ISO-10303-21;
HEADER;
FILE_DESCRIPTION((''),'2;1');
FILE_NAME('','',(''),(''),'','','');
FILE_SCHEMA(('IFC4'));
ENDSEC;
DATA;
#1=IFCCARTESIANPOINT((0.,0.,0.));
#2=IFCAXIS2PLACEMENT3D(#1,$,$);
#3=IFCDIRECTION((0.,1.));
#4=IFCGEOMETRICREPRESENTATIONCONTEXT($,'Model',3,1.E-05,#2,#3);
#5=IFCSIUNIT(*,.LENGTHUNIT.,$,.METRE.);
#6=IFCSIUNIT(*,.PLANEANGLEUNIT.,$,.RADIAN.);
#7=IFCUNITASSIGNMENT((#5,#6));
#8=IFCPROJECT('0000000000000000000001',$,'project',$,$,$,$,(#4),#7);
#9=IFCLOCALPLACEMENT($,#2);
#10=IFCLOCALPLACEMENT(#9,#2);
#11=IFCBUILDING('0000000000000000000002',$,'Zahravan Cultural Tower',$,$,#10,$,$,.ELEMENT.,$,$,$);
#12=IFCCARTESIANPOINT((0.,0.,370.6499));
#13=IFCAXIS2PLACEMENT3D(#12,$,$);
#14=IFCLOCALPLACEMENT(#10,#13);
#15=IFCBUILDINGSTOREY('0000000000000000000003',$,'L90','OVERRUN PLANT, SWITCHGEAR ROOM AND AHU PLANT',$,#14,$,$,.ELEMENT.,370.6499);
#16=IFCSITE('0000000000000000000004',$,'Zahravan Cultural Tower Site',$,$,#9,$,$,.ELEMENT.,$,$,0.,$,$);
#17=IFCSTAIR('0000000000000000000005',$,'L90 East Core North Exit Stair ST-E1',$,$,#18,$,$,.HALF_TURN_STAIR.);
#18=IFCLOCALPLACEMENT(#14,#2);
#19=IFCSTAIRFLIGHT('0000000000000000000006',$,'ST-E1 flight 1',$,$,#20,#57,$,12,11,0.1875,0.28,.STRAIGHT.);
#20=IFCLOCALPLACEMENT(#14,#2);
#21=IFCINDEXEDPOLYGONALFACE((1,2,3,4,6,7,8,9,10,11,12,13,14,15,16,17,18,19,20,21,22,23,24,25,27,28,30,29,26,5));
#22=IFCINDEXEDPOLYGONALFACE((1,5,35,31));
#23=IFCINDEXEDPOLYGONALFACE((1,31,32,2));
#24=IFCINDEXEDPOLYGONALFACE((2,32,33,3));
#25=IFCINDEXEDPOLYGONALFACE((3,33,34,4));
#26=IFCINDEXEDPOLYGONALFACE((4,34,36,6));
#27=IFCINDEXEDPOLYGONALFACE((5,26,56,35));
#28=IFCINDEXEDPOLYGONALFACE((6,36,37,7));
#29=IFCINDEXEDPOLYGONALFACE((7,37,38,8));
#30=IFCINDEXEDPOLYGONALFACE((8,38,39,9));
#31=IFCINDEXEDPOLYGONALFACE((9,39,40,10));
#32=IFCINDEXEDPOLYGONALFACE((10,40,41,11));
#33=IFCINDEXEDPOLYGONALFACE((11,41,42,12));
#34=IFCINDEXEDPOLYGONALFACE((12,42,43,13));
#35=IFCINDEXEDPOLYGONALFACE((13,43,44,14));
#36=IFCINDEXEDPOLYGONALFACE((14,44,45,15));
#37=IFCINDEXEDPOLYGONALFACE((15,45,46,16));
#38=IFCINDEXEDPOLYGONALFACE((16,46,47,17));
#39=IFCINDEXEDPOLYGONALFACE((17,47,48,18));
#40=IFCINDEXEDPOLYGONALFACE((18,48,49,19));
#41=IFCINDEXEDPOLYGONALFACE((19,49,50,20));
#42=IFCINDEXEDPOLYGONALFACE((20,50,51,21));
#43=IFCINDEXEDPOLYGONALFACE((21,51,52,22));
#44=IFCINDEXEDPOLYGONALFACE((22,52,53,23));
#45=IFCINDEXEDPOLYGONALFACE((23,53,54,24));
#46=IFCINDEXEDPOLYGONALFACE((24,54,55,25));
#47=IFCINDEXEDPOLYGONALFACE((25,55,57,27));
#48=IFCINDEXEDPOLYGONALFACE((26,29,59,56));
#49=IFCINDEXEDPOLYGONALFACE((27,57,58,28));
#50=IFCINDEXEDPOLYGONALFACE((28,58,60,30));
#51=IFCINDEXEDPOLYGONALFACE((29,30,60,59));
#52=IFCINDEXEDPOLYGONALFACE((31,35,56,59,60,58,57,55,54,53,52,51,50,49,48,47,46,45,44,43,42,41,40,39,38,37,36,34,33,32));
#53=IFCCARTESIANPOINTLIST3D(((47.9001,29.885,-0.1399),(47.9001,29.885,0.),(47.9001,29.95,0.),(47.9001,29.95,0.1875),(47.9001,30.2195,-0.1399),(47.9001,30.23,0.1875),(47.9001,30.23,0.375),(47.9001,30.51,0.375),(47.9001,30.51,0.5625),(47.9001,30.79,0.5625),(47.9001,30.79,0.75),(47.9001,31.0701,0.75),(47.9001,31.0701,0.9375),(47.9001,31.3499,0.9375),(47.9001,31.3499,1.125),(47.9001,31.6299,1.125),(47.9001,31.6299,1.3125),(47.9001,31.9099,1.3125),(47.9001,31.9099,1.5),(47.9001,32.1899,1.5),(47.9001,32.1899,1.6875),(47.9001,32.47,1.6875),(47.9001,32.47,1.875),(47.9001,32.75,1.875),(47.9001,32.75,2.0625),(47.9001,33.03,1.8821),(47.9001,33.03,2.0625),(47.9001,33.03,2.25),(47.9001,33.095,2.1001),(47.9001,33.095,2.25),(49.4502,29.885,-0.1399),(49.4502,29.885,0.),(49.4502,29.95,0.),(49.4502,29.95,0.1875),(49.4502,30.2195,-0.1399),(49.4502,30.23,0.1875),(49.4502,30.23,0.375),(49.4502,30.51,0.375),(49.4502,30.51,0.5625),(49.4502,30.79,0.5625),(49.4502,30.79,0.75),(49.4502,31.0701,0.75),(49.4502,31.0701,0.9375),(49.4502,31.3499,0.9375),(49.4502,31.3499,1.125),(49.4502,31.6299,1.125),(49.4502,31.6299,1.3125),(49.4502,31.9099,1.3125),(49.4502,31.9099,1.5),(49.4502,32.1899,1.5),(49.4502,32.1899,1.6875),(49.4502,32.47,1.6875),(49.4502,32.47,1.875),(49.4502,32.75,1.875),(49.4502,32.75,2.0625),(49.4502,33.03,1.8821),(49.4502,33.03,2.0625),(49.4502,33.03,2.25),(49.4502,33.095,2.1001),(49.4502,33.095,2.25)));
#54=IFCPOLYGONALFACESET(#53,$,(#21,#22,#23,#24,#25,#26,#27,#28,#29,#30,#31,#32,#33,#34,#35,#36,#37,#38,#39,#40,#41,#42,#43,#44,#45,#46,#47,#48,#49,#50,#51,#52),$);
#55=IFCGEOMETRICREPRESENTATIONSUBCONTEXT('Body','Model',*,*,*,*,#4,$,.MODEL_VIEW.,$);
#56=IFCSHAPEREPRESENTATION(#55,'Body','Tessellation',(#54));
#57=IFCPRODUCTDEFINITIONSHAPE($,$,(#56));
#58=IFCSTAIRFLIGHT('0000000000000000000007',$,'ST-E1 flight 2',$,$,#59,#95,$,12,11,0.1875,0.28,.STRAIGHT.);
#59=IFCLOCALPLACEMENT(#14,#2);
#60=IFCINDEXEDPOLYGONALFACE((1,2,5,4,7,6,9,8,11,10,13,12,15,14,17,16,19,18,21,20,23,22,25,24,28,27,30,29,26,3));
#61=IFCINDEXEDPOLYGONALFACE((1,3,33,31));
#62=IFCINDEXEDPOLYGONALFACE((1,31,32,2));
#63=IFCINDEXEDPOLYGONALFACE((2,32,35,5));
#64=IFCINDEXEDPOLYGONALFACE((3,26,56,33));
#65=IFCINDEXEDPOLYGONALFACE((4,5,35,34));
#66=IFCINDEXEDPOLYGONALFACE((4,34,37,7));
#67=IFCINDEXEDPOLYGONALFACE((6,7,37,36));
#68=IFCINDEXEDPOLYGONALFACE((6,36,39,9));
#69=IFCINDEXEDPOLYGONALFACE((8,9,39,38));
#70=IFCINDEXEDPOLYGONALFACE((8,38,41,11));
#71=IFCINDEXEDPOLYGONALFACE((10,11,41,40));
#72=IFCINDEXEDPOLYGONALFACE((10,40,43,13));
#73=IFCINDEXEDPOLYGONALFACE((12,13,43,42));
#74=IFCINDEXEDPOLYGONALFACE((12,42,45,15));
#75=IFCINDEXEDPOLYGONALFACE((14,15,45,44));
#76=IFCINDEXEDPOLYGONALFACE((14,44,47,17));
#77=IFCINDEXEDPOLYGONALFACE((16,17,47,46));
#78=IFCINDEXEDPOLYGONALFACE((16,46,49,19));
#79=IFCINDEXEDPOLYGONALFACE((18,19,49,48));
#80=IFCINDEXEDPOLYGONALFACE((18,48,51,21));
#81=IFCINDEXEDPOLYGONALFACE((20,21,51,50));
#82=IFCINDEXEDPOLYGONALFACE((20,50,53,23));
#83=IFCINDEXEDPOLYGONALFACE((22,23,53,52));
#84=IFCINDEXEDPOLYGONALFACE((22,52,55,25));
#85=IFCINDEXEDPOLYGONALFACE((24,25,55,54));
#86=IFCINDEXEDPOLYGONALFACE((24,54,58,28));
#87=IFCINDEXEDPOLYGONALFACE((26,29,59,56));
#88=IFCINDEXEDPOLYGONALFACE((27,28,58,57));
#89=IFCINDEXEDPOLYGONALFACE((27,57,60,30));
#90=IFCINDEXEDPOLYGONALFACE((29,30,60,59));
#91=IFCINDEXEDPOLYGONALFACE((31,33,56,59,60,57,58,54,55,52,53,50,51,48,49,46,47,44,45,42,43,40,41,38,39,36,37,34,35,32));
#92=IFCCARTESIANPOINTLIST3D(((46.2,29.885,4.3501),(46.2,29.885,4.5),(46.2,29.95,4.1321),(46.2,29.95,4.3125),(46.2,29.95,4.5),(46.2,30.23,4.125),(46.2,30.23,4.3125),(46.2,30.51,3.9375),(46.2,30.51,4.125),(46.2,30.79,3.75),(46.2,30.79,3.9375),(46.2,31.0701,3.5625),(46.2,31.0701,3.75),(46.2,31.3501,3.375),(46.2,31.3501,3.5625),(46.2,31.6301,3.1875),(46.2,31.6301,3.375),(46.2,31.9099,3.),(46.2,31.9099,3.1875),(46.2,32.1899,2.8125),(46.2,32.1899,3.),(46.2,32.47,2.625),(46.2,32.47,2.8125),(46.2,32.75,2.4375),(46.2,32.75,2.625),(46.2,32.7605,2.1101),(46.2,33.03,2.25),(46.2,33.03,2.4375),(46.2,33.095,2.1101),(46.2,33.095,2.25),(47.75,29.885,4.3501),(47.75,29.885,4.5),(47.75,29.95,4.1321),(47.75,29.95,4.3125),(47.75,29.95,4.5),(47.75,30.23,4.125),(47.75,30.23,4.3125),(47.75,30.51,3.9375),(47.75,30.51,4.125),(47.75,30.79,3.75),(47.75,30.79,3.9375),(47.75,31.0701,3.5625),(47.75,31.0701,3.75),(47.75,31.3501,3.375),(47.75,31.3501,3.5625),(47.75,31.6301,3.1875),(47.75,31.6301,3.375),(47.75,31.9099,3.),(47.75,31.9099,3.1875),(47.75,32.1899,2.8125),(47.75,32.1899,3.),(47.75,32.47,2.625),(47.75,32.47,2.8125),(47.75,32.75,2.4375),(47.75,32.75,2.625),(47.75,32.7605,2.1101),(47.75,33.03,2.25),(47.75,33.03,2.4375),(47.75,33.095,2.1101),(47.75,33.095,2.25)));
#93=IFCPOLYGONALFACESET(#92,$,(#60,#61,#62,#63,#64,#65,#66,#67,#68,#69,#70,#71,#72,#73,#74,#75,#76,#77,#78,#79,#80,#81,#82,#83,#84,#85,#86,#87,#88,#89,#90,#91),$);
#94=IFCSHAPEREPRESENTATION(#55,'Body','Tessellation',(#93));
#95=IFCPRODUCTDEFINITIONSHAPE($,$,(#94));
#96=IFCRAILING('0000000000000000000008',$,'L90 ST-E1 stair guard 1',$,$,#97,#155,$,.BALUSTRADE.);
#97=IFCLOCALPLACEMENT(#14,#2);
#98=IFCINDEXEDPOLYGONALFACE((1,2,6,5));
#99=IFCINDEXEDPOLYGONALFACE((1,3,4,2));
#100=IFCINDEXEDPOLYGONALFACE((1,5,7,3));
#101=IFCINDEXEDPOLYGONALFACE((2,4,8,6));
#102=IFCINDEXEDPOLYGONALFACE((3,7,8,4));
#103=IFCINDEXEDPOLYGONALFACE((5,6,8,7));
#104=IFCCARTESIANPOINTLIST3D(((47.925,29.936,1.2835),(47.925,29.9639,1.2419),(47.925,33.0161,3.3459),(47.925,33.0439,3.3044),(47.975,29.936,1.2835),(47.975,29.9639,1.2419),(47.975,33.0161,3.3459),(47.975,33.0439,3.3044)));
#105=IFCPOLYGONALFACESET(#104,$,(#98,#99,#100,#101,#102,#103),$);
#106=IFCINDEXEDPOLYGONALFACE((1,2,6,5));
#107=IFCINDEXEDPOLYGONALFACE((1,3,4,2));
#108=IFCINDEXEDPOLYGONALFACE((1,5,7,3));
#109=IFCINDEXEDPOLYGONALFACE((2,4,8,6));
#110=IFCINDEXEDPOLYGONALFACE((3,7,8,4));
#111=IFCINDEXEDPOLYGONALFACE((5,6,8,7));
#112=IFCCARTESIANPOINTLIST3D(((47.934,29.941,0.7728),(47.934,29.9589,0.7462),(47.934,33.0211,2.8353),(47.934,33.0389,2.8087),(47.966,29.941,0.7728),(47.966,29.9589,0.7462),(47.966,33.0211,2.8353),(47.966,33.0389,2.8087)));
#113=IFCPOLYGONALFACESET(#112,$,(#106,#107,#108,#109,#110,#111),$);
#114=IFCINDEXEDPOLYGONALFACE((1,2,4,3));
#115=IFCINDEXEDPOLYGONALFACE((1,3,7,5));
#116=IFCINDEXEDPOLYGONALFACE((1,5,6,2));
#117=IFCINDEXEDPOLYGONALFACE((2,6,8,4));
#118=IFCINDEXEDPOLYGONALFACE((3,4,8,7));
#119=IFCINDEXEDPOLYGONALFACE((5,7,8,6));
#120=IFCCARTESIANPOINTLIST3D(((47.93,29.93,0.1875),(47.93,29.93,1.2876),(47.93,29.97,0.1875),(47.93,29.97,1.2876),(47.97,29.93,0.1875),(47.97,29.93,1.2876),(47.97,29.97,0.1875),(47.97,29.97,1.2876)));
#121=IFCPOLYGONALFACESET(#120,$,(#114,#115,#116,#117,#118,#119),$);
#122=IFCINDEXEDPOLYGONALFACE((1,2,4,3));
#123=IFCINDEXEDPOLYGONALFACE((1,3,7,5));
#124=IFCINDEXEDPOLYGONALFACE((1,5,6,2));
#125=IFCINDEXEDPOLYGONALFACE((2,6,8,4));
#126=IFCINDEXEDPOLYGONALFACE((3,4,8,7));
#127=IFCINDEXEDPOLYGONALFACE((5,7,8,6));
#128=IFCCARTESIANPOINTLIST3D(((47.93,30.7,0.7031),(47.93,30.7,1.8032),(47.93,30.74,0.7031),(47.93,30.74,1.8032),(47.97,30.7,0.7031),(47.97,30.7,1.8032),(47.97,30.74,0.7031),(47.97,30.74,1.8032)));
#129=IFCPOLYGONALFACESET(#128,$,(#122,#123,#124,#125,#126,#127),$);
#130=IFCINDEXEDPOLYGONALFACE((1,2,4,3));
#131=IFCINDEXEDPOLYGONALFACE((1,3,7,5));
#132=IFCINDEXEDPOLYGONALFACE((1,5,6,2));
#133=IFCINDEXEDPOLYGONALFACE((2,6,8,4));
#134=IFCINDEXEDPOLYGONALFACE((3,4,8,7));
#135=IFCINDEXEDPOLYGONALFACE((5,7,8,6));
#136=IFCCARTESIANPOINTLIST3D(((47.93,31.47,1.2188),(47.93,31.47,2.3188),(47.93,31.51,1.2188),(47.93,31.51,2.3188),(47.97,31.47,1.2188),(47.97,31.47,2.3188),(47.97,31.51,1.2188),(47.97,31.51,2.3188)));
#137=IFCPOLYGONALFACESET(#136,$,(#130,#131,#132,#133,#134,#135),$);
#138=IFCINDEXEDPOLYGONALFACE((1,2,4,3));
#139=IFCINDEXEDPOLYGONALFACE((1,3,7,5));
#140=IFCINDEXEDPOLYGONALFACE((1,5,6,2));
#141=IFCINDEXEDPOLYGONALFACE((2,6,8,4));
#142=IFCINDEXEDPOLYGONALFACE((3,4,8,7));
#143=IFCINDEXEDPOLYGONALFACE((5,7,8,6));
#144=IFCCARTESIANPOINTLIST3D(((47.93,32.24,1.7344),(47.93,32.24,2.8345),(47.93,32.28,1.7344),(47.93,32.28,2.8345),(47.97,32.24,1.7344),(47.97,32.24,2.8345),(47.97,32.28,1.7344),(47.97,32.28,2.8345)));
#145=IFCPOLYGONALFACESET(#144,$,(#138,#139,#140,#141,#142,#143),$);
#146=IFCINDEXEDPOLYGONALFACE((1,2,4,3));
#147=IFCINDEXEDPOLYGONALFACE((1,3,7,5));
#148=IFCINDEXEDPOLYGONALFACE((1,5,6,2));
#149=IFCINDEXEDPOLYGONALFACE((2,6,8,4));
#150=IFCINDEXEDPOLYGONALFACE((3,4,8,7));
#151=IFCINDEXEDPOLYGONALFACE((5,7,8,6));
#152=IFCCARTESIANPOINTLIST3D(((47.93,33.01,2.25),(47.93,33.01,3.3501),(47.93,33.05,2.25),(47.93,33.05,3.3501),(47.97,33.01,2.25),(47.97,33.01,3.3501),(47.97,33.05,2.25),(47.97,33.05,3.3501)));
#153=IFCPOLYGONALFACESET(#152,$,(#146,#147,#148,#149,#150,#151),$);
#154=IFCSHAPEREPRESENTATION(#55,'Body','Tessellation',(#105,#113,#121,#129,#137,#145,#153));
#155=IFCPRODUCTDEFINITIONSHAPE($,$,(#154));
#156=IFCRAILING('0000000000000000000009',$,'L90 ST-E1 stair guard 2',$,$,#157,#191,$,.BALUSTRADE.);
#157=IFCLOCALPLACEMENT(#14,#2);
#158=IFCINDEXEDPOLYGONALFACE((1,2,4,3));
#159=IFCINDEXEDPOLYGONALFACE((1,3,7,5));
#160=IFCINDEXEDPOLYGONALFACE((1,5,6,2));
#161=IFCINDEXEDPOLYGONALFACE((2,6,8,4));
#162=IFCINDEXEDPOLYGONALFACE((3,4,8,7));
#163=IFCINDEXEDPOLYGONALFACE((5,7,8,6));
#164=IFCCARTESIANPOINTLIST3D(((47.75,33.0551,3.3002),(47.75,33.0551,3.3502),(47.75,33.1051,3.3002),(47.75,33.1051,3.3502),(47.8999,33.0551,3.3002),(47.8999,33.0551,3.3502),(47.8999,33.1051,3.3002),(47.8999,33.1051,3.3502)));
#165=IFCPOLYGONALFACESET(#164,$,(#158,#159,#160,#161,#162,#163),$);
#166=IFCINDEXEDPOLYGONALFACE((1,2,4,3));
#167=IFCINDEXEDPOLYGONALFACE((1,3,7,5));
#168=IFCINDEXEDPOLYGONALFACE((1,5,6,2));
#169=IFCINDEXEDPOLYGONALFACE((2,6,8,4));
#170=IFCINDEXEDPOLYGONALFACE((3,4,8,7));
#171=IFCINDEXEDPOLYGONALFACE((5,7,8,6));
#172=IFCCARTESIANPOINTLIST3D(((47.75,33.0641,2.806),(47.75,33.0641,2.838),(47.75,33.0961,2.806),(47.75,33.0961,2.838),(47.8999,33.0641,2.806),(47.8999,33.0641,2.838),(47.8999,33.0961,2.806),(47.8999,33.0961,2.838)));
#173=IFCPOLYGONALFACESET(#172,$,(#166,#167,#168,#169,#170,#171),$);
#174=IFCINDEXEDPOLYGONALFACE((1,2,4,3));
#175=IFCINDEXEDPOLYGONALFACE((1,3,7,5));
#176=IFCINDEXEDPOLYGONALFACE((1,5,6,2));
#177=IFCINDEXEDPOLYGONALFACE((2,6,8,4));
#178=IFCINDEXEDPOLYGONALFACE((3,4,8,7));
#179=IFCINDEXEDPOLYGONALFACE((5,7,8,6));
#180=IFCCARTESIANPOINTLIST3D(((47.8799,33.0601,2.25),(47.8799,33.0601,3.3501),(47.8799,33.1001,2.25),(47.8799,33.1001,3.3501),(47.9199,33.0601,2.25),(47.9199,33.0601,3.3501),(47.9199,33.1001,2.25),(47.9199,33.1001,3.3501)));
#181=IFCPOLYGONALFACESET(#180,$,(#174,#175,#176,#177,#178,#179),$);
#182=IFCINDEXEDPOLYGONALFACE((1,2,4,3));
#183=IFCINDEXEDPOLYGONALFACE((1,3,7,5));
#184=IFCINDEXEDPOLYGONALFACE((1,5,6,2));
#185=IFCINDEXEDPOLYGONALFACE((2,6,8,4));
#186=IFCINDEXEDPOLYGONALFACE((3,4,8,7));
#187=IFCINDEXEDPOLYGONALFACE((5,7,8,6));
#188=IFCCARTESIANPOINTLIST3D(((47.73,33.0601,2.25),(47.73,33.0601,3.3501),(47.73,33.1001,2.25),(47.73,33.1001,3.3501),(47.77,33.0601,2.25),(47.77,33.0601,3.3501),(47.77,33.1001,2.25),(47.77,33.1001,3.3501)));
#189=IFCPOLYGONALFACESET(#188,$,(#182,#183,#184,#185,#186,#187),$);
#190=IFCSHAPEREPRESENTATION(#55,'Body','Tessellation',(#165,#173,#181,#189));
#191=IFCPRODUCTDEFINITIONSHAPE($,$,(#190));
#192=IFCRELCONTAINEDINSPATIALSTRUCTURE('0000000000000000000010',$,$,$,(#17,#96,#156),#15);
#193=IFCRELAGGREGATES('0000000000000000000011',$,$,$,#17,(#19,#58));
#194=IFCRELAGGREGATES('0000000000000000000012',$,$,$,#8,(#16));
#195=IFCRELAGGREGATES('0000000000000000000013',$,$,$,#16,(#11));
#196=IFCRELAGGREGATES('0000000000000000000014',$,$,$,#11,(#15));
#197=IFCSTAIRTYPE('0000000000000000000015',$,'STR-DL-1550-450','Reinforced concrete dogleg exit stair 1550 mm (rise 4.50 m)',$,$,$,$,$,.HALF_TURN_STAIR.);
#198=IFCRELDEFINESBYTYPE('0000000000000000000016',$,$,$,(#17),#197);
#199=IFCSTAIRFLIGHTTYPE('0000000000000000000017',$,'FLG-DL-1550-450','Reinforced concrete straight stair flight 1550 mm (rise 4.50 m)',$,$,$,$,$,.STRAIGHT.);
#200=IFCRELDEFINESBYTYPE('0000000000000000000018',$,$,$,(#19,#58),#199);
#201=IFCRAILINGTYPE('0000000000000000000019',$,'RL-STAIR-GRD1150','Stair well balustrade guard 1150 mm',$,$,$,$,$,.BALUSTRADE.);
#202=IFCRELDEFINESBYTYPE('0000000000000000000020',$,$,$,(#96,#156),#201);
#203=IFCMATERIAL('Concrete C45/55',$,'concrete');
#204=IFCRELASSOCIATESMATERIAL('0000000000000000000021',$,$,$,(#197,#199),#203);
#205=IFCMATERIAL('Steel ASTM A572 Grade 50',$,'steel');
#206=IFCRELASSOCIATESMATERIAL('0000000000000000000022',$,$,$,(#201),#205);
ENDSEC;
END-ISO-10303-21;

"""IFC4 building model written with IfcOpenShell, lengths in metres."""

from ifc_helpers import new_model, si_unit, direction, frame, origin, origin_2d, place, context, subcontext, project, spatial, polyline, rectangle, outline, extrude, material, type_object, element, aggregate, save


model = new_model("IFC4")

# Units and contexts
model_context = context("Model", 3, precision=1e-05, world=origin(), true_north=direction((0.0, 1.0)))
body_context = subcontext(model_context, "Body", "Model", "MODEL_VIEW")
ifc_project = project(units=[si_unit("LENGTHUNIT", "METRE"), si_unit("PLANEANGLEUNIT", "RADIAN")], contexts=[model_context])

# Site, building, storey
site_placement = place(None, origin())
site = spatial("IfcSite", under=ifc_project, at=site_placement, Name="Zahravan Cultural Tower Site", CompositionType="ELEMENT", RefElevation=0.0)
building_placement = place(site_placement, origin())
building = spatial("IfcBuilding", under=site, at=building_placement, Name="Zahravan Cultural Tower", CompositionType="ELEMENT")
storey_placement = place(building_placement, frame((0.0, 0.0, 370.6499)))
storey = spatial("IfcBuildingStorey", under=building, at=storey_placement, Name="L90", Description="OVERRUN PLANT, SWITCHGEAR ROOM AND AHU PLANT", CompositionType="ELEMENT", Elevation=370.6499)

# Shared definitions
ifc_material_1 = material(Name="Concrete C45/55", Category="concrete")

# Shared definitions
ifc_material_2 = material(Name="Steel ASTM A572 Grade 50", Category="steel")

# Stair, stair flights
stair_type = type_object("IfcStairType", Name="STR-DL-1550-450", Description="Reinforced concrete dogleg exit stair 1550 mm (rise 4.50 m)", PredefinedType="HALF_TURN_STAIR", material=ifc_material_1)
stair_placement = place(storey_placement, origin())
stair = element("IfcStair", 1, at=stair_placement, inside=storey, type_object=stair_type, Name="L90 East Core North Exit Stair ST-E1", PredefinedType="HALF_TURN_STAIR")
stair_flight_type = type_object("IfcStairFlightType", Name="FLG-DL-1550-450", Description="Reinforced concrete straight stair flight 1550 mm (rise 4.50 m)", PredefinedType="STRAIGHT", material=ifc_material_1)
stair_flight_1_placement = place(storey_placement, frame((48.675, 29.95, 0.0), z_axis=(0.0, 0.0, 1.0), x_axis=(0.0, 1.0, 0.0)))
stair_flight_1 = element("IfcStairFlight", 2, at=stair_flight_1_placement, type_object=stair_flight_type, Name="ST-E1 flight 1", NumberOfRisers=12, NumberOfTreads=11, PredefinedType="STRAIGHT", RiserHeight=0.1875, TreadLength=0.28, context=body_context, shape_type="SweptSolid", body=[
    extrude(outline(polyline([(-0.0649, -0.1399), (-0.0649, 0.0), (0.0, 0.0), (0.0, 0.1875), (0.28, 0.1875), (0.28, 0.375), (0.5601, 0.375), (0.5601, 0.5625), (0.8401, 0.5625), (0.8401, 0.75), (1.1201, 0.75), (1.1201, 0.9375), (1.3999, 0.9375), (1.3999, 1.125), (1.6799, 1.125), (1.6799, 1.3125), (1.96, 1.3125), (1.96, 1.5), (2.24, 1.5), (2.24, 1.6875), (2.52, 1.6875), (2.52, 1.875), (2.8, 1.875), (2.8, 2.0625), (3.0801, 2.0625), (3.0801, 2.25), (3.145, 2.25), (3.145, 2.1001), (3.0801, 1.8821), (0.2695, -0.1399), (-0.0649, -0.1399)])), frame((0.0, 0.7749, 0.0), z_axis=(0.0, -1.0, 0.0), x_axis=(1.0, 0.0, 0.0)), (0.0, 0.0, 1.0), 1.55),
])
stair_flight_2_placement = place(storey_placement, frame((46.9751, 33.03, 2.25), z_axis=(0.0, 0.0, 1.0), x_axis=(0.0, -1.0, 0.0)))
stair_flight_2 = element("IfcStairFlight", 3, at=stair_flight_2_placement, type_object=stair_flight_type, Name="ST-E1 flight 2", NumberOfRisers=12, NumberOfTreads=11, PredefinedType="STRAIGHT", RiserHeight=0.1875, TreadLength=0.28, context=body_context, shape_type="SweptSolid", body=[
    extrude(outline(polyline([(-0.0649, -0.1399), (-0.0649, 0.0), (0.0, 0.0), (0.0, 0.1875), (0.28, 0.1875), (0.28, 0.375), (0.5601, 0.375), (0.5601, 0.5625), (0.8401, 0.5625), (0.8401, 0.75), (1.1201, 0.75), (1.1201, 0.9375), (1.3999, 0.9375), (1.3999, 1.125), (1.6799, 1.125), (1.6799, 1.3125), (1.96, 1.3125), (1.96, 1.5), (2.24, 1.5), (2.24, 1.6875), (2.52, 1.6875), (2.52, 1.875), (2.8, 1.875), (2.8, 2.0625), (3.0801, 2.0625), (3.0801, 2.25), (3.145, 2.25), (3.145, 2.1001), (3.0801, 1.8821), (0.2695, -0.1399), (-0.0649, -0.1399)])), frame((0.0, 0.7749, 0.0), z_axis=(0.0, -1.0, 0.0), x_axis=(1.0, 0.0, 0.0)), (0.0, 0.0, 1.0), 1.55),
])
aggregate(stair, [stair_flight_1, stair_flight_2])

# Railings
railing_type_1 = type_object("IfcRailingType", Name="RL-STAIR-GRD1150", Description="Stair well balustrade guard 1150 mm", PredefinedType="BALUSTRADE", material=ifc_material_2)
railing_1_placement = place(storey_placement, frame((47.95, 29.95, 0.1875)))
element("IfcRailing", 4, at=railing_1_placement, inside=storey, type_object=railing_type_1, Name="L90 ST-E1 stair guard 1", PredefinedType="BALUSTRADE", context=body_context, shape_type="SweptSolid", body=[
    extrude(rectangle(XDim=0.05, YDim=0.05, at=origin_2d()), frame((0.0, 0.0, 1.0752), z_axis=(0.0, 0.830914, 0.556401), x_axis=(-1.0, 0.0, 0.0)), (0.0, 0.0, 1.0), 3.7068),
    extrude(rectangle(XDim=0.032, YDim=0.032, at=origin_2d()), frame((0.0, 0.0, 0.572), z_axis=(0.0, 0.830914, 0.556401), x_axis=(-1.0, 0.0, 0.0)), (0.0, 0.0, 1.0), 3.7068),
    extrude(rectangle(XDim=0.04, YDim=0.04, at=origin_2d()), origin(), (0.0, 0.0, 1.0), 1.1001),
    extrude(rectangle(XDim=0.04, YDim=0.04, at=origin_2d()), frame((0.0, 0.77, 0.5156)), (0.0, 0.0, 1.0), 1.1001),
    extrude(rectangle(XDim=0.04, YDim=0.04, at=origin_2d()), frame((0.0, 1.54, 1.0312)), (0.0, 0.0, 1.0), 1.1001),
    extrude(rectangle(XDim=0.04, YDim=0.04, at=origin_2d()), frame((0.0, 2.3101, 1.5469)), (0.0, 0.0, 1.0), 1.1001),
    extrude(rectangle(XDim=0.04, YDim=0.04, at=origin_2d()), frame((0.0, 3.0801, 2.0625)), (0.0, 0.0, 1.0), 1.1001),
])
railing_2_placement = place(storey_placement, frame((47.8999, 33.0801, 2.25)))
element("IfcRailing", 5, at=railing_2_placement, inside=storey, type_object=railing_type_1, Name="L90 ST-E1 stair guard 2", PredefinedType="BALUSTRADE", context=body_context, shape_type="SweptSolid", body=[
    extrude(rectangle(XDim=0.05, YDim=0.05, at=origin_2d()), frame((0.0, 0.0, 1.0752), z_axis=(-1.0, 0.0, 0.0), x_axis=(0.0, -1.0, 0.0)), (0.0, 0.0, 1.0), 0.1499),
    extrude(rectangle(XDim=0.032, YDim=0.032, at=origin_2d()), frame((0.0, 0.0, 0.572), z_axis=(-1.0, 0.0, 0.0), x_axis=(0.0, -1.0, 0.0)), (0.0, 0.0, 1.0), 0.1499),
    extrude(rectangle(XDim=0.04, YDim=0.04, at=origin_2d()), origin(), (0.0, 0.0, 1.0), 1.1001),
    extrude(rectangle(XDim=0.04, YDim=0.04, at=origin_2d()), frame((-0.1499, 0.0, 0.0)), (0.0, 0.0, 1.0), 1.1001),
])

save(model, "model.ifc")
